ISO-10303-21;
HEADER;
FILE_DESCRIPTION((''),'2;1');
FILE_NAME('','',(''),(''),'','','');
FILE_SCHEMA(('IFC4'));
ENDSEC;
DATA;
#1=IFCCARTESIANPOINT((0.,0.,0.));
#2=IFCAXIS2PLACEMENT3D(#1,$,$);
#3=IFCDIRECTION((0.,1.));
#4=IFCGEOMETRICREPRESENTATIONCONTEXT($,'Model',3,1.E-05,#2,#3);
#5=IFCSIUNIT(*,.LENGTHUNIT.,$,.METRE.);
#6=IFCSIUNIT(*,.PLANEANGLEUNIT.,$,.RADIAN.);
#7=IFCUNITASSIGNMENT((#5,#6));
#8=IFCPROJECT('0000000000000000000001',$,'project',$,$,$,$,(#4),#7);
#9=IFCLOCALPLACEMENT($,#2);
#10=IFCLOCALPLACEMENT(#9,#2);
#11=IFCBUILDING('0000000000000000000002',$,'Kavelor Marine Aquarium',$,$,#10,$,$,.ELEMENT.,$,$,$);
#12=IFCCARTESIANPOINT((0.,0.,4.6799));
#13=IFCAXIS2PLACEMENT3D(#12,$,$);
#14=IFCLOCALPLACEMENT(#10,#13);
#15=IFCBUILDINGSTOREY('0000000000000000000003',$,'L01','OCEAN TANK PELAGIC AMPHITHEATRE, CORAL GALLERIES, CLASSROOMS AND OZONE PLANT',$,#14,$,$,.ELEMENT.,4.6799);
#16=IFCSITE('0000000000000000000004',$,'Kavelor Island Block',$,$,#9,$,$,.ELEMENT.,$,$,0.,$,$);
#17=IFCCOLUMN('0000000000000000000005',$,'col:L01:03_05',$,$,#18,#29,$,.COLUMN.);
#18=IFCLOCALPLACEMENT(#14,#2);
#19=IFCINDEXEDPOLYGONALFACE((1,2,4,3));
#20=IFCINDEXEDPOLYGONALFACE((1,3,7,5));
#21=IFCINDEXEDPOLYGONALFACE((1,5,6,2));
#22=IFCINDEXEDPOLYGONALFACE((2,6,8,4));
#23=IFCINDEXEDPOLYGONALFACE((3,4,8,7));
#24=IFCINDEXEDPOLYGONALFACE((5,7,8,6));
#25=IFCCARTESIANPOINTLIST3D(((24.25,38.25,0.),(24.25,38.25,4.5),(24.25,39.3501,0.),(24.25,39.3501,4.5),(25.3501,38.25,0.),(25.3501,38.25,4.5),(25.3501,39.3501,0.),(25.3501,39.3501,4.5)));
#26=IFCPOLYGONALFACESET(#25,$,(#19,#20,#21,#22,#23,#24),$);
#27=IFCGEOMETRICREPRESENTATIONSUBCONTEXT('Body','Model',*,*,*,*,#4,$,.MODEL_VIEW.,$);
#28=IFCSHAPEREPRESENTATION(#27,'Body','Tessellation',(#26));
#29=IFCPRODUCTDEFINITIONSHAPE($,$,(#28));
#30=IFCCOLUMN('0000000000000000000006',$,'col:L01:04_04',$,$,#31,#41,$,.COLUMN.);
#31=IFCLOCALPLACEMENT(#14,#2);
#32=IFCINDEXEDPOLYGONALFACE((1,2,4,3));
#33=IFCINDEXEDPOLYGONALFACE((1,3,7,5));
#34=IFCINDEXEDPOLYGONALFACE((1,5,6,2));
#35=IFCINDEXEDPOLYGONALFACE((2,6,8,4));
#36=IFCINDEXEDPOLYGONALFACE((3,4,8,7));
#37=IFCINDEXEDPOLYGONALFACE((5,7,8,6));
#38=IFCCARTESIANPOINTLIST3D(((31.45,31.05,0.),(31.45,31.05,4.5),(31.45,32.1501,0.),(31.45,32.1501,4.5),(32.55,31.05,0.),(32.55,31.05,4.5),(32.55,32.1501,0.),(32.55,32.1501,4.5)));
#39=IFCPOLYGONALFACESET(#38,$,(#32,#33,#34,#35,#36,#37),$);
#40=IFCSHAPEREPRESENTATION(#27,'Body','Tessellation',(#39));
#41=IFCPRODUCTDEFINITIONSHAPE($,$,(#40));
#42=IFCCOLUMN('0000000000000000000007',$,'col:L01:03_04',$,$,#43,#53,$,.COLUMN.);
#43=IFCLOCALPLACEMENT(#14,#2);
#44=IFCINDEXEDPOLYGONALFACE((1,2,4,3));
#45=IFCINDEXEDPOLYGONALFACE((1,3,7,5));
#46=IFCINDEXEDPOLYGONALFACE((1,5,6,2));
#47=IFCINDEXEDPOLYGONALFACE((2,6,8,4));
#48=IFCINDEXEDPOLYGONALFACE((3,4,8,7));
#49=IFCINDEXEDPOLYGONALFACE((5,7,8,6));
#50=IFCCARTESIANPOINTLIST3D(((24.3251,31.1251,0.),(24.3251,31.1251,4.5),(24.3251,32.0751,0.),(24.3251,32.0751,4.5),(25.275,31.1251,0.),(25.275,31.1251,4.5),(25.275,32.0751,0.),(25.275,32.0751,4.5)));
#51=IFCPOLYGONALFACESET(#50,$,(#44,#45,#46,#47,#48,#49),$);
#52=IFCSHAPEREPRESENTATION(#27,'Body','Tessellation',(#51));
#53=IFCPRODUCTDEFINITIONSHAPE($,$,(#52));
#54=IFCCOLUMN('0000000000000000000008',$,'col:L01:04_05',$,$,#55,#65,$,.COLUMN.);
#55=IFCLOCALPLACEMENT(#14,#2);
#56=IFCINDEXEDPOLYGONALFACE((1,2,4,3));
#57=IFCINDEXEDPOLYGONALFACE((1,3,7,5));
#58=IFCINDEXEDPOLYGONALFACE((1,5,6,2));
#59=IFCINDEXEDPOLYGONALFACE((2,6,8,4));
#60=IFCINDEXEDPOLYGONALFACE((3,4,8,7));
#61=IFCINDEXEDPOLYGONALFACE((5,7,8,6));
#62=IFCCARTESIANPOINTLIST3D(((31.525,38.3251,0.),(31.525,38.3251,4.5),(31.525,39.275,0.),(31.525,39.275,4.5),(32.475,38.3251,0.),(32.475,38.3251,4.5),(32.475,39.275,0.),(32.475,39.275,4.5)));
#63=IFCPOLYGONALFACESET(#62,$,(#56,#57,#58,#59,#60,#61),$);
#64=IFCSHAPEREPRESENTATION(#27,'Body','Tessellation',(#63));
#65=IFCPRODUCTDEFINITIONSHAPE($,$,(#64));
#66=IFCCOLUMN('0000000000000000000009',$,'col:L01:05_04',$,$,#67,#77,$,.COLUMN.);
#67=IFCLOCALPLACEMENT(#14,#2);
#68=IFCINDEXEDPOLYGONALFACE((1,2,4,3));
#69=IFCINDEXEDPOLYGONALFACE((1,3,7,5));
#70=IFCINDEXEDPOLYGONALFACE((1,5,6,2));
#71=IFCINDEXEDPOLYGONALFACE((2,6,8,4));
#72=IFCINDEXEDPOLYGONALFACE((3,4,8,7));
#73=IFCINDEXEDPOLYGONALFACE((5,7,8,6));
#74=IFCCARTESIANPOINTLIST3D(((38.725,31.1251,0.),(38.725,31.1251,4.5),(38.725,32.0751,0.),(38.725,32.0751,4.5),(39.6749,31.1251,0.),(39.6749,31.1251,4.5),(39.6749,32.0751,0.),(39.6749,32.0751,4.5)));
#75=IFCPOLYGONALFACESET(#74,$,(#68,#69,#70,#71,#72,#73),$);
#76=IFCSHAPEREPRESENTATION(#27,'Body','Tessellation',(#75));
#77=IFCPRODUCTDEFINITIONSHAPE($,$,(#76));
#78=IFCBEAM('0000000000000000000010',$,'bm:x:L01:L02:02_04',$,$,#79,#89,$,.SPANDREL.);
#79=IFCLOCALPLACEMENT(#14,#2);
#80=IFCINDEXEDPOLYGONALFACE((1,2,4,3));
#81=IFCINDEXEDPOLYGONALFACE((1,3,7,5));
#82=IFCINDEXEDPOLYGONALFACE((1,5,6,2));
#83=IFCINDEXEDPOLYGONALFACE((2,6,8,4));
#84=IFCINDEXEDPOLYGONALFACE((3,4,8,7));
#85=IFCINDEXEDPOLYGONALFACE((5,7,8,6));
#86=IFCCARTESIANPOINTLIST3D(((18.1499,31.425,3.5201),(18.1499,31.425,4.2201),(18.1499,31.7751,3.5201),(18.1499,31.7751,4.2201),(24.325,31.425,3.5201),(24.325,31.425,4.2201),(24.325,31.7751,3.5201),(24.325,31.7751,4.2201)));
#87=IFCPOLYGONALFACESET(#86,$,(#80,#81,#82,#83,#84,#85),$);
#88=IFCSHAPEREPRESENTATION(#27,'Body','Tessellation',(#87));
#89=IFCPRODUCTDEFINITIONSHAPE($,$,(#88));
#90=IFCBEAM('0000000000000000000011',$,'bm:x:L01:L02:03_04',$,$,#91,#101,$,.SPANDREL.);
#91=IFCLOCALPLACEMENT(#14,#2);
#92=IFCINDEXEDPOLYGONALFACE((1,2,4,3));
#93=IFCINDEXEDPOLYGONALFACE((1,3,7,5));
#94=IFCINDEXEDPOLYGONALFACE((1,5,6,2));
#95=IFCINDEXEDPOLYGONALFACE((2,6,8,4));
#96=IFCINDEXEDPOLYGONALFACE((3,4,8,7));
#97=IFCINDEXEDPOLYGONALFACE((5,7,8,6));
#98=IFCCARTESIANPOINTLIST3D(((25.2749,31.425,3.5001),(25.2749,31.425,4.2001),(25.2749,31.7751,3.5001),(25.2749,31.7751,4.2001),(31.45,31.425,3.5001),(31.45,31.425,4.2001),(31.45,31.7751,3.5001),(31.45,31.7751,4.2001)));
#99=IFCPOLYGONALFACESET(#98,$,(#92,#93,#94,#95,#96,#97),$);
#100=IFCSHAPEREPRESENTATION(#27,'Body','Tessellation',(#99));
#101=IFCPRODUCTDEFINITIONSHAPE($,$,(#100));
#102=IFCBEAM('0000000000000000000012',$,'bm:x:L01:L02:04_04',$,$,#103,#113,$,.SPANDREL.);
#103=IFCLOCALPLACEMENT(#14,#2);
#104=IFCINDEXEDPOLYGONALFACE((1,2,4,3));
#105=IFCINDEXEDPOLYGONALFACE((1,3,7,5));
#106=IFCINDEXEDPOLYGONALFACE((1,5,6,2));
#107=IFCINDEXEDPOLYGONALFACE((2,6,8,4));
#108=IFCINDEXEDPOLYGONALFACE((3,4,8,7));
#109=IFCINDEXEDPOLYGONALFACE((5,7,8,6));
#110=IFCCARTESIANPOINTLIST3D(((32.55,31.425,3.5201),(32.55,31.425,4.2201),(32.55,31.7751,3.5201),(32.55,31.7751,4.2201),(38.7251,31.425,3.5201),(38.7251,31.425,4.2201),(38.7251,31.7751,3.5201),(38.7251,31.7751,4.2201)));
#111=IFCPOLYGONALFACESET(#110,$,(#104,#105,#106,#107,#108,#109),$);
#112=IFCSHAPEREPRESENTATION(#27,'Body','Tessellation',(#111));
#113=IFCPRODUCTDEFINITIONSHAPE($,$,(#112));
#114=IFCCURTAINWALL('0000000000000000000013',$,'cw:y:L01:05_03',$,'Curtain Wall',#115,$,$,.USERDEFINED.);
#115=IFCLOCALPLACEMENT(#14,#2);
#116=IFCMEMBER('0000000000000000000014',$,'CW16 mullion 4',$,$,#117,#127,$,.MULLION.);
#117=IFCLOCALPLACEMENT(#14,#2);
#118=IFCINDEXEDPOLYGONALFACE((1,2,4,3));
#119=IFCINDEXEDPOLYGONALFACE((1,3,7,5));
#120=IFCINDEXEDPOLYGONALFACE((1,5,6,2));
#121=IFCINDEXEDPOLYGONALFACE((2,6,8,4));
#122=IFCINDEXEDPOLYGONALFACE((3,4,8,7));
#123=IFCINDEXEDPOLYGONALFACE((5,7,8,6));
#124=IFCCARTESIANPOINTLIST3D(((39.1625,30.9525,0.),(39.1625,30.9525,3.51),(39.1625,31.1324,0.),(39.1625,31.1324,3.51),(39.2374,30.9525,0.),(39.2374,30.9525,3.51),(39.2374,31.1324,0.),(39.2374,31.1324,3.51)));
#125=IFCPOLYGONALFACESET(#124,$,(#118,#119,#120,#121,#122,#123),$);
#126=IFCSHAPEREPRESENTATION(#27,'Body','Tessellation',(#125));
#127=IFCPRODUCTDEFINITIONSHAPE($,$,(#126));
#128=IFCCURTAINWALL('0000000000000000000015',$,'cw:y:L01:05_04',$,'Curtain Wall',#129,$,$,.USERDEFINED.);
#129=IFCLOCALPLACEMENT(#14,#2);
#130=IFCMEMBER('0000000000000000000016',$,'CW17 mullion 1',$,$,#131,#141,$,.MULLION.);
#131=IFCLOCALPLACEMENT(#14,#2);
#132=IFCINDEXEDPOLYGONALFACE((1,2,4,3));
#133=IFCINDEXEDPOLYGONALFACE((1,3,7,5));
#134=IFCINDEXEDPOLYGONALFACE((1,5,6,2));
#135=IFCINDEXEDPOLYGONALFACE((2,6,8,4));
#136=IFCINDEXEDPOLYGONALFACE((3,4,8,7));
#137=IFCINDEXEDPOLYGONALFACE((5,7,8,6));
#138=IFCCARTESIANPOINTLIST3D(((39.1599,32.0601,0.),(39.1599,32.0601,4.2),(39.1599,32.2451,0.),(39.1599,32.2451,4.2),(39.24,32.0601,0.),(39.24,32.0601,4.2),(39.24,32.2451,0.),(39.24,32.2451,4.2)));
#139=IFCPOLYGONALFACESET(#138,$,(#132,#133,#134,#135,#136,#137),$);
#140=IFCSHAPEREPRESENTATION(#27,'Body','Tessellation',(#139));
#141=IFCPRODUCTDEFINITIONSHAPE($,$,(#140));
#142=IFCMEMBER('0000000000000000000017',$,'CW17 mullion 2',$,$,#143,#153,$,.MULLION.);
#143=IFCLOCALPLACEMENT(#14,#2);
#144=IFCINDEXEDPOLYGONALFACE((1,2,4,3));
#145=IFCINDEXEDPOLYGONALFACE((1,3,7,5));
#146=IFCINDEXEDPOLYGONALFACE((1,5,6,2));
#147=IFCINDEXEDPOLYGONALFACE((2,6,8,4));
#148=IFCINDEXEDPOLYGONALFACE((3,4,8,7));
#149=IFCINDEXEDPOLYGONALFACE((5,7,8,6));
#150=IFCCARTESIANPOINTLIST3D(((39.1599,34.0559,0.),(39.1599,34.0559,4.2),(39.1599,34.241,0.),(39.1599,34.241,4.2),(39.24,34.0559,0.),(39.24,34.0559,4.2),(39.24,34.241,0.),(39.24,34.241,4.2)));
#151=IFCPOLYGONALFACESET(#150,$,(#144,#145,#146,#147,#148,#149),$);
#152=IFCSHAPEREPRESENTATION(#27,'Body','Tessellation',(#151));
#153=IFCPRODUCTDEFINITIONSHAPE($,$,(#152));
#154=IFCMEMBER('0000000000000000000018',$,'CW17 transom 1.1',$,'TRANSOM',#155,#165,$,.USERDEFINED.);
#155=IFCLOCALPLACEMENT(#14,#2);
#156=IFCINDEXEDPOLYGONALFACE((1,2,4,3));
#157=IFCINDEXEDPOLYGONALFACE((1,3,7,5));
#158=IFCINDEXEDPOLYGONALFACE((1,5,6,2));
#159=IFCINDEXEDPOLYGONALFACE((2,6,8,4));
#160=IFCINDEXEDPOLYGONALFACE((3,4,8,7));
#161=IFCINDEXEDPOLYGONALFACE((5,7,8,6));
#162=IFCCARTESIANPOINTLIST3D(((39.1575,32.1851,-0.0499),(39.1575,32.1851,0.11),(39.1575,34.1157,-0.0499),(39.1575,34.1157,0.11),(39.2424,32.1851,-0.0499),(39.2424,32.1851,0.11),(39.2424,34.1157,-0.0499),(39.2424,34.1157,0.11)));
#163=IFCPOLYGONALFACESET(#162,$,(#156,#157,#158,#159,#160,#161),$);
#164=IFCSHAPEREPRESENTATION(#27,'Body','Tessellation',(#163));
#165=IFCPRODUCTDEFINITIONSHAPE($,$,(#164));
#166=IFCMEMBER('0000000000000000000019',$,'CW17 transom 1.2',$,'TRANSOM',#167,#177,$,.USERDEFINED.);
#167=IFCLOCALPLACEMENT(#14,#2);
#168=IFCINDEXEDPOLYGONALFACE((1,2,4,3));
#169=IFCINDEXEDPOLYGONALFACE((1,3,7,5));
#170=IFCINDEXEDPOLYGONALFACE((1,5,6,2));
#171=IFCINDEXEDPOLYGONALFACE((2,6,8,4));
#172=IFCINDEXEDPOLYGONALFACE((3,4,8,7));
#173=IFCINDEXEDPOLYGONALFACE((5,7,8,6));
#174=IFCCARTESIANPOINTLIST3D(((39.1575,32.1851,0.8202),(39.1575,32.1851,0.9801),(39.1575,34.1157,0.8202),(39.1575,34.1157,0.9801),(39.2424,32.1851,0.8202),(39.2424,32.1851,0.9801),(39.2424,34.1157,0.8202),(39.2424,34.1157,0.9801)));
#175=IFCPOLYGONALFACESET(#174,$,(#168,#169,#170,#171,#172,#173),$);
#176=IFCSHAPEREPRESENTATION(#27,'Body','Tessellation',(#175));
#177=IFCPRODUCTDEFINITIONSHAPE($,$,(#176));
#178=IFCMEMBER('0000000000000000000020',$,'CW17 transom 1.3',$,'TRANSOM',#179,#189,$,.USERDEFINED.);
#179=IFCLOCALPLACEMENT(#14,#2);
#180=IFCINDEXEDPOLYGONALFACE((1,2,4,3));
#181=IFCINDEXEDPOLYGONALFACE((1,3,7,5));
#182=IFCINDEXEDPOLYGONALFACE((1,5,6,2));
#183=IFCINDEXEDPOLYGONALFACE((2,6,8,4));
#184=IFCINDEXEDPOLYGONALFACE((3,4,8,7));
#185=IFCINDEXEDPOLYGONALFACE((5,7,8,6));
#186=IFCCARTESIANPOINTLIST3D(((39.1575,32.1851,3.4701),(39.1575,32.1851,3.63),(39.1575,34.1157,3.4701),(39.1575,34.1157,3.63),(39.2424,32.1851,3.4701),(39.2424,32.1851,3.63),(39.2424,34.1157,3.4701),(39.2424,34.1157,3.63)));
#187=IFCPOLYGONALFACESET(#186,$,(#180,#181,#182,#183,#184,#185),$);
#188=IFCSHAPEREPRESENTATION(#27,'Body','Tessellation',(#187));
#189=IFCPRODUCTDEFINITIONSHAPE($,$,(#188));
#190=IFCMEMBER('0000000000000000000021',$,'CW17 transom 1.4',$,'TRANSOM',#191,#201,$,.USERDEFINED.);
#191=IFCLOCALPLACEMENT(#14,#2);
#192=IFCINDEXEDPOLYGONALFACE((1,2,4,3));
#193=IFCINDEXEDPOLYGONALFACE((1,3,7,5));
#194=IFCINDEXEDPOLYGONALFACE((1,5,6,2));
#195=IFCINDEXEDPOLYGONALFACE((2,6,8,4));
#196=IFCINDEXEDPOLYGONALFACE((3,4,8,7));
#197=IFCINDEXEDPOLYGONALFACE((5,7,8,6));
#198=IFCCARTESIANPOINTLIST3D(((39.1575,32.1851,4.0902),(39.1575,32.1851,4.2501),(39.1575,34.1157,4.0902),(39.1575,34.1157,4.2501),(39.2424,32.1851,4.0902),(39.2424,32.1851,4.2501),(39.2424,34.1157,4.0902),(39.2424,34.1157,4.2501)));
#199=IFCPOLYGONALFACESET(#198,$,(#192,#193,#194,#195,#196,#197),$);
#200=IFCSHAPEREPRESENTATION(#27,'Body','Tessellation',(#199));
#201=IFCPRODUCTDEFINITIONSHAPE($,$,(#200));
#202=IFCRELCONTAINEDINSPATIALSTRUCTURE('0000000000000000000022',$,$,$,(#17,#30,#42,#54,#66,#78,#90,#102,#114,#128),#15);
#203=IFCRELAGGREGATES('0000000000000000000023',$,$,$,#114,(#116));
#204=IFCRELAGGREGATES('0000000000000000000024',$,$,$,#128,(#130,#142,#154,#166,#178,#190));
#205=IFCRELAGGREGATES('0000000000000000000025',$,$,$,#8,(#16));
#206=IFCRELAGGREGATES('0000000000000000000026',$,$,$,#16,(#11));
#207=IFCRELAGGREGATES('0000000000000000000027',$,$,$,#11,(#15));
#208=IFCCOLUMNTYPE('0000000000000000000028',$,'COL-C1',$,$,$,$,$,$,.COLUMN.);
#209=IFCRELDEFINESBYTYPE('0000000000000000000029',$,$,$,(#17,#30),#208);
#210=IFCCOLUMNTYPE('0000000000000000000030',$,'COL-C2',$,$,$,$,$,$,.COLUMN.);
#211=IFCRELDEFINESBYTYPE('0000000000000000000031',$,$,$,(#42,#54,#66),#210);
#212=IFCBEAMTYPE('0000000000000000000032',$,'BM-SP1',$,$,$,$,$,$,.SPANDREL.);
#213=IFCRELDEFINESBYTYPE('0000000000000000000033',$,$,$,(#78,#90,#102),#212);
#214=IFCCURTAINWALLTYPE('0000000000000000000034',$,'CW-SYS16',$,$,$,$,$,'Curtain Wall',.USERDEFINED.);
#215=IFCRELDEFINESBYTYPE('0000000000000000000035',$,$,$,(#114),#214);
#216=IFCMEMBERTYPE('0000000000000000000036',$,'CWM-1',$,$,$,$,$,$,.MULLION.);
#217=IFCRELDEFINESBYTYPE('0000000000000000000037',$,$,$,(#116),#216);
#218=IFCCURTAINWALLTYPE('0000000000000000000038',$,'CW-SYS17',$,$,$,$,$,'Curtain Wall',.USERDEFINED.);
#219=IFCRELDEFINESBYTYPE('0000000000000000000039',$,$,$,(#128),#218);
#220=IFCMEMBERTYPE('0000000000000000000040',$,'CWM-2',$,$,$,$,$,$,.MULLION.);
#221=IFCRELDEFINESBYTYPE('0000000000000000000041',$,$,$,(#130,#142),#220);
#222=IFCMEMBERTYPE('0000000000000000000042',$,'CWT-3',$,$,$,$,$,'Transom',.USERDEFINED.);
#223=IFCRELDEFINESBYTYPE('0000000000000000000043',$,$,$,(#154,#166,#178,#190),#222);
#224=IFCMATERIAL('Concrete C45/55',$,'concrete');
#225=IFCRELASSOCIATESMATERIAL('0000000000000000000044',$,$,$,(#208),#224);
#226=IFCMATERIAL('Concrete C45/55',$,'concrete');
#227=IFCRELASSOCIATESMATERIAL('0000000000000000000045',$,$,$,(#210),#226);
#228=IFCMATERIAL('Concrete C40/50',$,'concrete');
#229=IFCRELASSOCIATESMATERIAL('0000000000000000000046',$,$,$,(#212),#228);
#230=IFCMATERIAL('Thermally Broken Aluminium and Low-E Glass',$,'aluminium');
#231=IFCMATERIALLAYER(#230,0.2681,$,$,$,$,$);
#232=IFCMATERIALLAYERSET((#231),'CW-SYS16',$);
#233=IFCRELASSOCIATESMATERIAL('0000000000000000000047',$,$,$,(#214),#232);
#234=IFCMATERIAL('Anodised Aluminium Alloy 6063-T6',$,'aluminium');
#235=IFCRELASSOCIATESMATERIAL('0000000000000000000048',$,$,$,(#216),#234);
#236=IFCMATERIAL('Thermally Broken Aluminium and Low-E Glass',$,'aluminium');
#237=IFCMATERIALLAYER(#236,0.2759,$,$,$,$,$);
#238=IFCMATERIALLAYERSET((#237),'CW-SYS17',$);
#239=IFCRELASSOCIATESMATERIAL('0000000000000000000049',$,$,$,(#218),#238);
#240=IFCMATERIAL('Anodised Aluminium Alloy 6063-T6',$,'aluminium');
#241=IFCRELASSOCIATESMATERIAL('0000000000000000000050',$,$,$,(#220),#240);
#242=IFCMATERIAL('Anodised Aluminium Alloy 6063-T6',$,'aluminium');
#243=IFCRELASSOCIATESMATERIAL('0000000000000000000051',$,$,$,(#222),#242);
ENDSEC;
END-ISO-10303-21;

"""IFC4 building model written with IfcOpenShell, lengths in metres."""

from ifc_helpers import new_model, si_unit, direction, frame, origin, origin_2d, place, context, subcontext, project, spatial, rectangle, extrude, material, layer, layer_set, material_profile, profile_set, type_object, element, aggregate, save


model = new_model("IFC4")

# Units and contexts
model_context = context("Model", 3, precision=1e-05, world=origin(), true_north=direction((0.0, 1.0)))
body_context = subcontext(model_context, "Body", "Model", "MODEL_VIEW")
ifc_project = project(units=[si_unit("LENGTHUNIT", "METRE"), si_unit("PLANEANGLEUNIT", "RADIAN")], contexts=[model_context])

# Site, building, storey
site_placement = place(None, origin())
site = spatial("IfcSite", under=ifc_project, at=site_placement, Name="Kavelor Island Block", CompositionType="ELEMENT", RefElevation=0.0)
building_placement = place(site_placement, origin())
building = spatial("IfcBuilding", under=site, at=building_placement, Name="Kavelor Marine Aquarium", CompositionType="ELEMENT")
storey_placement = place(building_placement, frame((0.0, 0.0, 4.6799)))
storey = spatial("IfcBuildingStorey", under=building, at=storey_placement, Name="L01", Description="OCEAN TANK PELAGIC AMPHITHEATRE, CORAL GALLERIES, CLASSROOMS AND OZONE PLANT", CompositionType="ELEMENT", Elevation=4.6799)

# Columns
ifc_material_1 = material(Name="Concrete C45/55", Category="concrete")
ifc_material_profile_1 = material_profile(ifc_material_1, rectangle(XDim=1.1001, YDim=1.1001, at=origin_2d()), Name="RC-COL 1100x1100")
ifc_profile_set_1 = profile_set([ifc_material_profile_1], Name="Concrete C45/55")
column_type_1 = type_object("IfcColumnType", Name="COL-C1", PredefinedType="COLUMN", material=ifc_profile_set_1)
for number, where, z_axis, x_axis, name in (
    (1, (24.8, 38.8, 0.0), (0.0, 0.0, 1.0), (1.0, 0.0, 0.0), "col:L01:03_05"),
    (2, (32.0, 31.6001, 0.0), (0.0, 0.0, 1.0), (1.0, 0.0, 0.0), "col:L01:04_04"),
):
    element("IfcColumn", number, at=place(storey_placement, frame(where, z_axis=z_axis, x_axis=x_axis)), inside=storey, type_object=column_type_1, Name=name, PredefinedType="COLUMN", context=body_context, shape_type="SweptSolid", body=[
        extrude(rectangle(XDim=1.1001, YDim=1.1001, at=origin_2d()), origin(), (0.0, 0.0, 1.0), 4.5),
    ])
ifc_material_2 = material(Name="Concrete C45/55", Category="concrete")
ifc_material_profile_2 = material_profile(ifc_material_2, rectangle(XDim=0.95, YDim=0.95, at=origin_2d()), Name="RC-COL 950x950")
ifc_profile_set_2 = profile_set([ifc_material_profile_2], Name="Concrete C45/55")
column_type_2 = type_object("IfcColumnType", Name="COL-C2", PredefinedType="COLUMN", material=ifc_profile_set_2)
for number, where, z_axis, x_axis, name in (
    (3, (24.8, 31.6001, 0.0), (0.0, 0.0, 1.0), (1.0, 0.0, 0.0), "col:L01:03_04"),
    (4, (32.0, 38.8, 0.0), (0.0, 0.0, 1.0), (1.0, 0.0, 0.0), "col:L01:04_05"),
    (5, (39.2, 31.6001, 0.0), (0.0, 0.0, 1.0), (1.0, 0.0, 0.0), "col:L01:05_04"),
):
    element("IfcColumn", number, at=place(storey_placement, frame(where, z_axis=z_axis, x_axis=x_axis)), inside=storey, type_object=column_type_2, Name=name, PredefinedType="COLUMN", context=body_context, shape_type="SweptSolid", body=[
        extrude(rectangle(XDim=0.95, YDim=0.95, at=origin_2d()), origin(), (0.0, 0.0, 1.0), 4.5),
    ])

# Beams
ifc_material_3 = material(Name="Concrete C40/50", Category="concrete")
ifc_material_profile_3 = material_profile(ifc_material_3, rectangle(XDim=0.3501, YDim=0.7, at=origin_2d()), Name="RC-SP 350x700")
ifc_profile_set_3 = profile_set([ifc_material_profile_3], Name="Concrete C40/50")
beam_type = type_object("IfcBeamType", Name="BM-SP1", PredefinedType="SPANDREL", material=ifc_profile_set_3)
for number, where, z_axis, x_axis, name in (
    (6, (18.1499, 31.6001, 3.8701), (1.0, 0.0, 0.0), (0.0, 1.0, 0.0), "bm:x:L01:L02:02_04"),
    (7, (25.2749, 31.6001, 3.8501), (1.0, 0.0, 0.0), (0.0, 1.0, 0.0), "bm:x:L01:L02:03_04"),
    (8, (32.55, 31.6001, 3.8701), (1.0, 0.0, 0.0), (0.0, 1.0, 0.0), "bm:x:L01:L02:04_04"),
):
    element("IfcBeam", number, at=place(storey_placement, frame(where, z_axis=z_axis, x_axis=x_axis)), inside=storey, type_object=beam_type, Name=name, PredefinedType="SPANDREL", context=body_context, shape_type="SweptSolid", body=[
        extrude(rectangle(XDim=0.3501, YDim=0.7, at=origin_2d()), origin(), (0.0, 0.0, 1.0), 6.175),
    ])

# Curtain wall, member
ifc_material_4 = material(Name="Thermally Broken Aluminium and Low-E Glass", Category="aluminium")
ifc_layer_1 = layer(ifc_material_4, 0.2681)
ifc_layer_set_1 = layer_set([ifc_layer_1], Name="CW-SYS16")
curtain_wall_type_1 = type_object("IfcCurtainWallType", Name="CW-SYS16", ElementType="Curtain Wall", PredefinedType="USERDEFINED", material=ifc_layer_set_1)
curtain_wall_1_placement = place(storey_placement, origin())
curtain_wall_1 = element("IfcCurtainWall", 9, at=curtain_wall_1_placement, inside=storey, type_object=curtain_wall_type_1, Name="cw:y:L01:05_03", ObjectType="Curtain Wall", PredefinedType="USERDEFINED")
ifc_material_5 = material(Name="Anodised Aluminium Alloy 6063-T6", Category="aluminium")
ifc_material_profile_4 = material_profile(ifc_material_5, rectangle(XDim=0.075, YDim=0.1799, at=origin_2d()), Name="CW-MUL 75x180")
ifc_profile_set_4 = profile_set([ifc_material_profile_4], Name="Anodised Aluminium Alloy 6063-T6")
member_type_1 = type_object("IfcMemberType", Name="CWM-1", PredefinedType="MULLION", material=ifc_profile_set_4)
member_1_placement = place(storey_placement, frame((39.2, 31.0425, 0.0), z_axis=(0.0, 0.0, 1.0), x_axis=(-1.0, 0.0, 0.0)))
member_1 = element("IfcMember", 10, at=member_1_placement, type_object=member_type_1, Name="CW16 mullion 4", PredefinedType="MULLION", context=body_context, shape_type="SweptSolid", body=[
    extrude(rectangle(XDim=0.075, YDim=0.1799, at=origin_2d()), origin(), (0.0, 0.0, 1.0), 3.51),
])

# Curtain wall, members
ifc_material_6 = material(Name="Thermally Broken Aluminium and Low-E Glass", Category="aluminium")
ifc_layer_2 = layer(ifc_material_6, 0.2759)
ifc_layer_set_2 = layer_set([ifc_layer_2], Name="CW-SYS17")
curtain_wall_type_2 = type_object("IfcCurtainWallType", Name="CW-SYS17", ElementType="Curtain Wall", PredefinedType="USERDEFINED", material=ifc_layer_set_2)
curtain_wall_2_placement = place(storey_placement, origin())
curtain_wall_2 = element("IfcCurtainWall", 11, at=curtain_wall_2_placement, inside=storey, type_object=curtain_wall_type_2, Name="cw:y:L01:05_04", ObjectType="Curtain Wall", PredefinedType="USERDEFINED")
ifc_material_7 = material(Name="Anodised Aluminium Alloy 6063-T6", Category="aluminium")
ifc_material_profile_5 = material_profile(ifc_material_7, rectangle(XDim=0.0801, YDim=0.1851, at=origin_2d()), Name="CW-MUL 80x185")
ifc_profile_set_5 = profile_set([ifc_material_profile_5], Name="Anodised Aluminium Alloy 6063-T6")
member_type_2 = type_object("IfcMemberType", Name="CWM-2", PredefinedType="MULLION", material=ifc_profile_set_5)
member_2_placement = place(storey_placement, frame((39.2, 32.1526, 0.0), z_axis=(0.0, 0.0, 1.0), x_axis=(-1.0, 0.0, 0.0)))
member_2 = element("IfcMember", 12, at=member_2_placement, type_object=member_type_2, Name="CW17 mullion 1", PredefinedType="MULLION", context=body_context, shape_type="SweptSolid", body=[
    extrude(rectangle(XDim=0.0801, YDim=0.1851, at=origin_2d()), origin(), (0.0, 0.0, 1.0), 4.2),
])
member_3_placement = place(storey_placement, frame((39.2, 34.1484, 0.0), z_axis=(0.0, 0.0, 1.0), x_axis=(-1.0, 0.0, 0.0)))
member_3 = element("IfcMember", 13, at=member_3_placement, type_object=member_type_2, Name="CW17 mullion 2", PredefinedType="MULLION", context=body_context, shape_type="SweptSolid", body=[
    extrude(rectangle(XDim=0.0801, YDim=0.1851, at=origin_2d()), origin(), (0.0, 0.0, 1.0), 4.2),
])
ifc_material_8 = material(Name="Anodised Aluminium Alloy 6063-T6", Category="aluminium")
ifc_material_profile_6 = material_profile(ifc_material_8, rectangle(XDim=0.085, YDim=0.1599, at=origin_2d()), Name="CW-TRN 85x160")
ifc_profile_set_6 = profile_set([ifc_material_profile_6], Name="Anodised Aluminium Alloy 6063-T6")
member_type_3 = type_object("IfcMemberType", Name="CWT-3", ElementType="Transom", PredefinedType="USERDEFINED", material=ifc_profile_set_6)
member_4_placement = place(storey_placement, frame((39.2, 32.1851, 0.03), z_axis=(0.0, 1.0, 0.0), x_axis=(-1.0, 0.0, 0.0)))
member_4 = element("IfcMember", 14, at=member_4_placement, type_object=member_type_3, Name="CW17 transom 1.1", ObjectType="TRANSOM", PredefinedType="USERDEFINED", context=body_context, shape_type="SweptSolid", body=[
    extrude(rectangle(XDim=0.085, YDim=0.1599, at=origin_2d()), origin(), (0.0, 0.0, 1.0), 1.9307),
])
member_5_placement = place(storey_placement, frame((39.2, 32.1851, 0.9001), z_axis=(0.0, 1.0, 0.0), x_axis=(-1.0, 0.0, 0.0)))
member_5 = element("IfcMember", 15, at=member_5_placement, type_object=member_type_3, Name="CW17 transom 1.2", ObjectType="TRANSOM", PredefinedType="USERDEFINED", context=body_context, shape_type="SweptSolid", body=[
    extrude(rectangle(XDim=0.085, YDim=0.1599, at=origin_2d()), origin(), (0.0, 0.0, 1.0), 1.9307),
])
member_6_placement = place(storey_placement, frame((39.2, 32.1851, 3.55), z_axis=(0.0, 1.0, 0.0), x_axis=(-1.0, 0.0, 0.0)))
member_6 = element("IfcMember", 16, at=member_6_placement, type_object=member_type_3, Name="CW17 transom 1.3", ObjectType="TRANSOM", PredefinedType="USERDEFINED", context=body_context, shape_type="SweptSolid", body=[
    extrude(rectangle(XDim=0.085, YDim=0.1599, at=origin_2d()), origin(), (0.0, 0.0, 1.0), 1.9307),
])
member_7_placement = place(storey_placement, frame((39.2, 32.1851, 4.1702), z_axis=(0.0, 1.0, 0.0), x_axis=(-1.0, 0.0, 0.0)))
member_7 = element("IfcMember", 17, at=member_7_placement, type_object=member_type_3, Name="CW17 transom 1.4", ObjectType="TRANSOM", PredefinedType="USERDEFINED", context=body_context, shape_type="SweptSolid", body=[
    extrude(rectangle(XDim=0.085, YDim=0.1599, at=origin_2d()), origin(), (0.0, 0.0, 1.0), 1.9307),
])

aggregate(curtain_wall_1, [member_1])
aggregate(curtain_wall_2, [member_2, member_3, member_4, member_5, member_6, member_7])

save(model, "model.ifc")
